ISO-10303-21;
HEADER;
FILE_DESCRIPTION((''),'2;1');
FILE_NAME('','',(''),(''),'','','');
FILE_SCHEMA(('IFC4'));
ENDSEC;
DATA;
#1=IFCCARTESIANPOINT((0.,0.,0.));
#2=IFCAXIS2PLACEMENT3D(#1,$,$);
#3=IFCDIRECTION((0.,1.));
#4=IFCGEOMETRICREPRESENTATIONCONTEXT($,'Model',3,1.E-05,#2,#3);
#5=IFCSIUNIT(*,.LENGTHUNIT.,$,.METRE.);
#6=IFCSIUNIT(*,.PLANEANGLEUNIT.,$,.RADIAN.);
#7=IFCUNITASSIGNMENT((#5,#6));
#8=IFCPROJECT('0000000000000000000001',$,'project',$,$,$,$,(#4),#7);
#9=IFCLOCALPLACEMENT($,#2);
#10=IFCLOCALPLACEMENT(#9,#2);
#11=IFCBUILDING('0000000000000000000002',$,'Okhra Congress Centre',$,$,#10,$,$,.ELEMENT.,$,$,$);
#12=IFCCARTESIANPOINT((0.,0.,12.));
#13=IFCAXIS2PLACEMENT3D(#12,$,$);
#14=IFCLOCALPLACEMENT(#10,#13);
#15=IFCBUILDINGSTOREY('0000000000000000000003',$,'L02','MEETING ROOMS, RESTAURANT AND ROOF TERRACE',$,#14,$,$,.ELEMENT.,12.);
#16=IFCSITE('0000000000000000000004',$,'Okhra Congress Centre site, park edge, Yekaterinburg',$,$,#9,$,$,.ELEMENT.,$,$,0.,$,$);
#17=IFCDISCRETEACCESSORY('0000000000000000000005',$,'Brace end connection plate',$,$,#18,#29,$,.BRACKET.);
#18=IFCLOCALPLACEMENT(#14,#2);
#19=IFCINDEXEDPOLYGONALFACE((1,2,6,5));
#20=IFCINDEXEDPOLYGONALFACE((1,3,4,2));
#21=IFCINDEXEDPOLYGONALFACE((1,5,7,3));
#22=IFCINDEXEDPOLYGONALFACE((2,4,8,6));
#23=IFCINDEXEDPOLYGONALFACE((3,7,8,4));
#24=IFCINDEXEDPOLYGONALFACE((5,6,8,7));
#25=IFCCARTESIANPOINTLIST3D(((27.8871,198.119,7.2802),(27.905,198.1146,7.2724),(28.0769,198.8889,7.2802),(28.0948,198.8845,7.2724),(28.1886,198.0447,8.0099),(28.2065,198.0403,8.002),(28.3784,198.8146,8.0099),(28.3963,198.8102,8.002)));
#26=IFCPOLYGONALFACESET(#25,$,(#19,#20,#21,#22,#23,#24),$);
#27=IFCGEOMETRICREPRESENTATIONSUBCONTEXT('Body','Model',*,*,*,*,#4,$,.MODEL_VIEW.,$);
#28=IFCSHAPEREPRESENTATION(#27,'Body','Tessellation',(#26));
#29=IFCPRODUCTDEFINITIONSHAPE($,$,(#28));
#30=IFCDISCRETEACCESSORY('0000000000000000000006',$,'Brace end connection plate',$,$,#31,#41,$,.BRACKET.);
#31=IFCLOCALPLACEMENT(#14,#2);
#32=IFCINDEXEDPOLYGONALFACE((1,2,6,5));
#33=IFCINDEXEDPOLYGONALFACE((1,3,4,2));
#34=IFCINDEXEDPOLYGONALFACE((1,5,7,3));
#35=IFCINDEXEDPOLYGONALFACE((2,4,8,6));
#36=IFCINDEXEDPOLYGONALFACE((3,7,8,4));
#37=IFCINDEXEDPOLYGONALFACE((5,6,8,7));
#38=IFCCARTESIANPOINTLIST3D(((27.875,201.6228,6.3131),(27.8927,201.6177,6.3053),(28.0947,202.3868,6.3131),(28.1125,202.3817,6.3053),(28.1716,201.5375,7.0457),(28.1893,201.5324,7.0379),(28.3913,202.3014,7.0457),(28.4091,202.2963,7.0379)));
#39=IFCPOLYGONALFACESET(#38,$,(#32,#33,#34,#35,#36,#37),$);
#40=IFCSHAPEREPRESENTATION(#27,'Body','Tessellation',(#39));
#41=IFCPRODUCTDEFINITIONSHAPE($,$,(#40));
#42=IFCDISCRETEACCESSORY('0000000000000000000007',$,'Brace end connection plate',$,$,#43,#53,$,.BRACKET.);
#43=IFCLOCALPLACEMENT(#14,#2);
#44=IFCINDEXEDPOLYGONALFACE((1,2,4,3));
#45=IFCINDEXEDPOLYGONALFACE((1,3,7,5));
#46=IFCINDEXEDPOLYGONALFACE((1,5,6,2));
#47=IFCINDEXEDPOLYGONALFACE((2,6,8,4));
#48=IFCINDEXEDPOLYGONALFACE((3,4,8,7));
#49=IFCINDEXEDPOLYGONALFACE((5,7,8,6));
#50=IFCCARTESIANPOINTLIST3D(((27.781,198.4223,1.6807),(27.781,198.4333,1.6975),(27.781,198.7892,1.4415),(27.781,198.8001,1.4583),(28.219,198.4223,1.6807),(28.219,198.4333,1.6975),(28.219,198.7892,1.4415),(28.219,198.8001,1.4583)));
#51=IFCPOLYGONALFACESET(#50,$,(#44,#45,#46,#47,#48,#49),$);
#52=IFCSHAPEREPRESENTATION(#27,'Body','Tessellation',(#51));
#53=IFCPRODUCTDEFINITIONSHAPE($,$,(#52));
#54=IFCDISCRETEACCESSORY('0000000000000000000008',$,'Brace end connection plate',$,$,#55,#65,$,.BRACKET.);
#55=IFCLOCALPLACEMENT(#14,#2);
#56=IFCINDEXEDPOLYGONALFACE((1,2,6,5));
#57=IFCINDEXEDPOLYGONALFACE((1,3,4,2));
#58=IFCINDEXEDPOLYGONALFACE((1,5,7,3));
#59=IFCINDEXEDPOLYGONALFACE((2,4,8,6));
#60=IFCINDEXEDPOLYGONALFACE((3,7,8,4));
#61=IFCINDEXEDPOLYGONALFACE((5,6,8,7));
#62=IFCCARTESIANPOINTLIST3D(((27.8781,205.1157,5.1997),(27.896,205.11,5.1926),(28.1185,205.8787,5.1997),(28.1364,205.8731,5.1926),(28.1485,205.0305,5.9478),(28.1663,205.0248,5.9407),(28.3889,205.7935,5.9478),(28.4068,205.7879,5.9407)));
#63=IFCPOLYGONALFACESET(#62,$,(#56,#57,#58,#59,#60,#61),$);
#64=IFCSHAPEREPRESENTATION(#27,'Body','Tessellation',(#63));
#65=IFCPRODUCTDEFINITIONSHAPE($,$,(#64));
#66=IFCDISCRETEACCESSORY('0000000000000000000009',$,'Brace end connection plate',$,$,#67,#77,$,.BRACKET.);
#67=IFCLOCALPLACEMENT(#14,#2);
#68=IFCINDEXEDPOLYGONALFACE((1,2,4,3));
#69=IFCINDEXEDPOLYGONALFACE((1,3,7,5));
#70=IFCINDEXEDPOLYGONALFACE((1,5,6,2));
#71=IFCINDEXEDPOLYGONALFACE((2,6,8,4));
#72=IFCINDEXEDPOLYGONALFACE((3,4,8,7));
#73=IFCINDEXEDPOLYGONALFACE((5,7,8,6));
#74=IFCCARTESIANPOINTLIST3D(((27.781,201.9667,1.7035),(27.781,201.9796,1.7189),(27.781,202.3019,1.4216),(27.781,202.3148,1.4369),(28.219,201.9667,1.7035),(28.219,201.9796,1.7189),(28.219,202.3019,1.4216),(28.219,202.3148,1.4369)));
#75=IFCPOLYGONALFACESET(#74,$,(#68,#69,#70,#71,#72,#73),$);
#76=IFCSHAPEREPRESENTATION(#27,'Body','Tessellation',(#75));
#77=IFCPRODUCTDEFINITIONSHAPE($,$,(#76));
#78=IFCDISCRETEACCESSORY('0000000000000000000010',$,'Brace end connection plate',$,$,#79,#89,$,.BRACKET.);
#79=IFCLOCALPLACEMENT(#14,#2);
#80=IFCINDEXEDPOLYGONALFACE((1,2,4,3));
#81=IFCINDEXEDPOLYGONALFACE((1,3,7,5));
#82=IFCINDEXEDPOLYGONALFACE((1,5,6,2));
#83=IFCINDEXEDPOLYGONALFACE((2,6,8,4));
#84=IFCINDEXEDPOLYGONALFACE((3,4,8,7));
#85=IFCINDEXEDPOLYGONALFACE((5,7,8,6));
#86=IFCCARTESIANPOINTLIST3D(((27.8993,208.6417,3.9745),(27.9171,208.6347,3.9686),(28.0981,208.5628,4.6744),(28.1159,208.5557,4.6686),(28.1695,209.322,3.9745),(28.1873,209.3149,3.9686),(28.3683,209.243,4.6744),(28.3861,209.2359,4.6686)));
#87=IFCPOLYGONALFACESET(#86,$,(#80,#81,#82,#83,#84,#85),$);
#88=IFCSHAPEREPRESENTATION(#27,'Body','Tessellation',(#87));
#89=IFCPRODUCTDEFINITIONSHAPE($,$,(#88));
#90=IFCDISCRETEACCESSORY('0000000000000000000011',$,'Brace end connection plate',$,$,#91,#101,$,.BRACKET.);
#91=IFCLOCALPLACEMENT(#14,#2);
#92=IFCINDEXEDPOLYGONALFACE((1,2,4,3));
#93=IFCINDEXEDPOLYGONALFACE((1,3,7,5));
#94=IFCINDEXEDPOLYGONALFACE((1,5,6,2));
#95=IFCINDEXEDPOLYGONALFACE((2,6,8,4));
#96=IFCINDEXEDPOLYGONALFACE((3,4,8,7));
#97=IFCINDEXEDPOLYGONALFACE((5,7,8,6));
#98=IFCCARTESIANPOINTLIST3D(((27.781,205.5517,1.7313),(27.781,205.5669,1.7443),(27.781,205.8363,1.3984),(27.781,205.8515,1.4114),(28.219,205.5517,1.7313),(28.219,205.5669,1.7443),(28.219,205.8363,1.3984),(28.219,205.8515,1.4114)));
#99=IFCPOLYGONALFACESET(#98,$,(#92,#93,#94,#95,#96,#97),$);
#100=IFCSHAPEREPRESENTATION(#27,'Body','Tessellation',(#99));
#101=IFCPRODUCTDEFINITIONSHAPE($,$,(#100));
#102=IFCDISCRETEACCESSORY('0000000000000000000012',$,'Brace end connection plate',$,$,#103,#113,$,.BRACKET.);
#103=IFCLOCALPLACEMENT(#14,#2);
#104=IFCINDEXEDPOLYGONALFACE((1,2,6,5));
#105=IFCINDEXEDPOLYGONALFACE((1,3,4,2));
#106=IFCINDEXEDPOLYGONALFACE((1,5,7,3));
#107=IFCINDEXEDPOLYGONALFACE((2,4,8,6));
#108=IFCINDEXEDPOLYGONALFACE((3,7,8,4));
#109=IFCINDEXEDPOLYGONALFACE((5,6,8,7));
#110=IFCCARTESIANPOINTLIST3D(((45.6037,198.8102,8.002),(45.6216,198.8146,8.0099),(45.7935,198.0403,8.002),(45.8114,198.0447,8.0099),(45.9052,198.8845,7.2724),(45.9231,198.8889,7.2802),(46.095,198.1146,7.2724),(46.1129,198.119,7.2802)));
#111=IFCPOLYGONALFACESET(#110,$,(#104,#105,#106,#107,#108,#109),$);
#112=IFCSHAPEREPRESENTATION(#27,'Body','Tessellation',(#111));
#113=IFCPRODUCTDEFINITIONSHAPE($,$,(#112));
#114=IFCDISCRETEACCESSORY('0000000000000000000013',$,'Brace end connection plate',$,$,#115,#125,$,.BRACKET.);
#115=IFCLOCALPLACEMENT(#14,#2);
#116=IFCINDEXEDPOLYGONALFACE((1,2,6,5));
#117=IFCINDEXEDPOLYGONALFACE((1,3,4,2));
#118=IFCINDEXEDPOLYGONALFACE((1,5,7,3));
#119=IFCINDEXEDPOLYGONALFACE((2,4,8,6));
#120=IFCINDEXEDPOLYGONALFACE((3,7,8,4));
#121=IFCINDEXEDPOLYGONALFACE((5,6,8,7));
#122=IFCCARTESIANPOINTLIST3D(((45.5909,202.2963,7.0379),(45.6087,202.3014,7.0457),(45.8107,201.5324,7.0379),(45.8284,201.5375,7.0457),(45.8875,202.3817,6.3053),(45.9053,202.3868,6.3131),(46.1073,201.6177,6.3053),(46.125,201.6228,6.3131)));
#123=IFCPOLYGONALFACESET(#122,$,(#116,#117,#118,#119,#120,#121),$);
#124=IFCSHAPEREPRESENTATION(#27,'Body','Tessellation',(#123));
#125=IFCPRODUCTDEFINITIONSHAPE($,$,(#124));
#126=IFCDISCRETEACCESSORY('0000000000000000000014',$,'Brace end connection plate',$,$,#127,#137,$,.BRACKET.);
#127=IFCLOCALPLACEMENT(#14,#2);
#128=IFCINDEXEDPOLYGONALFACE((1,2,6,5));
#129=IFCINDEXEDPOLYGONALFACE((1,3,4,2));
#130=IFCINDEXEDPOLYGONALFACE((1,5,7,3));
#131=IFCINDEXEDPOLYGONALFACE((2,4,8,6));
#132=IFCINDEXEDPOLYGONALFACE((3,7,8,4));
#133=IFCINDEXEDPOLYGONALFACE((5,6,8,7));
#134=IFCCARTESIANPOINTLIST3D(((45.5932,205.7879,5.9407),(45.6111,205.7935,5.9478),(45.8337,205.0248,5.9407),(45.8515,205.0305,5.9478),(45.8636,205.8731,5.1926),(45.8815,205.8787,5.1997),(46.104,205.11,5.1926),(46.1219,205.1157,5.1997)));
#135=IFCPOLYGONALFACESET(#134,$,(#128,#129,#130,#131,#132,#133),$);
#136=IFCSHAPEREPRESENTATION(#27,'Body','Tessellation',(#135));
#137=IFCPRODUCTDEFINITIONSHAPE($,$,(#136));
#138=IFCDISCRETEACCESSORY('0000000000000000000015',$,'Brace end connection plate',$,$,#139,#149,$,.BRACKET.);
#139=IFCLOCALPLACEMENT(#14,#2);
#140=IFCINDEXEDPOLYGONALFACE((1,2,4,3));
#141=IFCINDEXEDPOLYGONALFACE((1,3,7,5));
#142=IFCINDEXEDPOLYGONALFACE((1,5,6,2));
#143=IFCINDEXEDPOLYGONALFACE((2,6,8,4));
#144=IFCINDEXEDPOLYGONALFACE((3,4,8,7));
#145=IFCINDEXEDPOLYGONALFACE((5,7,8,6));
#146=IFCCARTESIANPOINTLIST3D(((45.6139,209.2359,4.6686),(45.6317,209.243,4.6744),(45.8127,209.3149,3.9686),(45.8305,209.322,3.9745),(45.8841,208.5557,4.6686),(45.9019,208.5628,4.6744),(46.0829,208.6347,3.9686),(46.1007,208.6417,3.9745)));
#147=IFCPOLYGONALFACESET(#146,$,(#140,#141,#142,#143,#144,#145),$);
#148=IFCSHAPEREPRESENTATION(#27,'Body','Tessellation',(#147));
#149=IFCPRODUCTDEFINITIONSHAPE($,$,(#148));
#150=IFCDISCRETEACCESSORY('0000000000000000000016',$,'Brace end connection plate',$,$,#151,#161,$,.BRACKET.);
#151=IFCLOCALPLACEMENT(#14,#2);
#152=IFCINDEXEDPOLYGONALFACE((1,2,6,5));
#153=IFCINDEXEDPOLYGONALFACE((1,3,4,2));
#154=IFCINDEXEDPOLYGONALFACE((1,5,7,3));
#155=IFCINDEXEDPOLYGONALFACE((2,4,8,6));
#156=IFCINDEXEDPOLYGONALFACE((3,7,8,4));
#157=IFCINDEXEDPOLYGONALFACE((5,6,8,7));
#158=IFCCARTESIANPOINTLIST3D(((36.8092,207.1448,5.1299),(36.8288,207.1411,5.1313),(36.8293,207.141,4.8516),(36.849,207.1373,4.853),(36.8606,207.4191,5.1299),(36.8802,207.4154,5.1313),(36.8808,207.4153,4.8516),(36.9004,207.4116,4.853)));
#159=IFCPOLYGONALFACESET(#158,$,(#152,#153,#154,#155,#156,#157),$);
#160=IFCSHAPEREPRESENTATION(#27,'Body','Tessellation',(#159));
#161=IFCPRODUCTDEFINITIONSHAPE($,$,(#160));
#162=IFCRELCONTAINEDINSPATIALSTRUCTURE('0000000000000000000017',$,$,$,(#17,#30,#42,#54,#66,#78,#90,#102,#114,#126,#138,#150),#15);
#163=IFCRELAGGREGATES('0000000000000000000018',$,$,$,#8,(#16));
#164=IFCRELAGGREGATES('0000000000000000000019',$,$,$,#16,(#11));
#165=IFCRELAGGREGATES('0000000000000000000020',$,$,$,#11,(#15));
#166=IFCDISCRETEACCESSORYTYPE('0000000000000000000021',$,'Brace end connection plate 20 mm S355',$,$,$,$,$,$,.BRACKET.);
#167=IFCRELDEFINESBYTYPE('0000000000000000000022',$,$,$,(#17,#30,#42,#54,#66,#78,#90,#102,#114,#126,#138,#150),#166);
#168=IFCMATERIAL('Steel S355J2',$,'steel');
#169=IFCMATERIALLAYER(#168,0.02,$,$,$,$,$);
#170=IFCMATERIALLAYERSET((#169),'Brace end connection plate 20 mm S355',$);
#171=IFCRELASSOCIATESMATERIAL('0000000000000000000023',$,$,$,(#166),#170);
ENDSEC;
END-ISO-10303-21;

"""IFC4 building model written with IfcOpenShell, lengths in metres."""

from ifc_helpers import new_model, si_unit, direction, frame, origin, origin_2d, place, context, subcontext, project, spatial, rectangle, extrude, material, layer, layer_set, type_object, element, save


model = new_model("IFC4")

# Units and contexts
model_context = context("Model", 3, precision=1e-05, world=origin(), true_north=direction((0.0, 1.0)))
body_context = subcontext(model_context, "Body", "Model", "MODEL_VIEW")
ifc_project = project(units=[si_unit("LENGTHUNIT", "METRE"), si_unit("PLANEANGLEUNIT", "RADIAN")], contexts=[model_context])

# Site, building, storey
site_placement = place(None, origin())
site = spatial("IfcSite", under=ifc_project, at=site_placement, Name="Okhra Congress Centre site, park edge, Yekaterinburg", CompositionType="ELEMENT", RefElevation=0.0)
building_placement = place(site_placement, origin())
building = spatial("IfcBuilding", under=site, at=building_placement, Name="Okhra Congress Centre", CompositionType="ELEMENT")
storey_placement = place(building_placement, frame((0.0, 0.0, 12.0)))
storey = spatial("IfcBuildingStorey", under=building, at=storey_placement, Name="L02", Description="MEETING ROOMS, RESTAURANT AND ROOF TERRACE", CompositionType="ELEMENT", Elevation=12.0)

# Shared definitions
ifc_material_1 = material(Name="Steel S355J2", Category="steel")

# Discrete accessories
ifc_layer = layer(ifc_material_1, 0.02)
ifc_layer_set = layer_set([ifc_layer], Name="Brace end connection plate 20 mm S355")
discrete_accessory_type = type_object("IfcDiscreteAccessoryType", Name="Brace end connection plate 20 mm S355", PredefinedType="BRACKET", material=ifc_layer_set)
discrete_accessory_1_placement = place(storey_placement, frame((28.1506, 198.4624, 7.6372), z_axis=(-0.893372, 0.220283, 0.391615), x_axis=(-0.239405, -0.97092, 0.0)))
element("IfcDiscreteAccessory", 1, at=discrete_accessory_1_placement, inside=storey, type_object=discrete_accessory_type, Name="Brace end connection plate", PredefinedType="BRACKET", context=body_context, shape_type="SweptSolid", body=[
    extrude(rectangle(XDim=0.793, YDim=0.793, at=origin_2d()), origin(), (0.0, 0.0, 1.0), 0.02),
])
discrete_accessory_2_placement = place(storey_placement, frame((28.1509, 201.957, 6.6716), z_axis=(-0.885646, 0.254775, 0.388228), x_axis=(-0.276459, -0.961026, 0.0)))
element("IfcDiscreteAccessory", 2, at=discrete_accessory_2_placement, inside=storey, type_object=discrete_accessory_type, Name="Brace end connection plate", PredefinedType="BRACKET", context=body_context, shape_type="SweptSolid", body=[
    extrude(rectangle(XDim=0.7949, YDim=0.7949, at=origin_2d()), origin(), (0.0, 0.0, 1.0), 0.02),
])
discrete_accessory_3_placement = place(storey_placement, frame((28.0, 198.6167, 1.5779), z_axis=(0.0, -0.546268, -0.837611), x_axis=(1.0, 0.0, 0.0)))
element("IfcDiscreteAccessory", 3, at=discrete_accessory_3_placement, inside=storey, type_object=discrete_accessory_type, Name="Brace end connection plate", PredefinedType="BRACKET", context=body_context, shape_type="SweptSolid", body=[
    extrude(rectangle(XDim=0.438, YDim=0.438, at=origin_2d()), origin(), (0.0, 0.0, 1.0), 0.02),
])
discrete_accessory_4_placement = place(storey_placement, frame((28.1514, 205.449, 5.5667), z_axis=(-0.891904, 0.281011, 0.354318), x_axis=(-0.300506, -0.95378, 0.0)))
element("IfcDiscreteAccessory", 4, at=discrete_accessory_4_placement, inside=storey, type_object=discrete_accessory_type, Name="Brace end connection plate", PredefinedType="BRACKET", context=body_context, shape_type="SweptSolid", body=[
    extrude(rectangle(XDim=0.8, YDim=0.8, at=origin_2d()), origin(), (0.0, 0.0, 1.0), 0.02),
])
discrete_accessory_5_placement = place(storey_placement, frame((28.0, 202.1472, 1.5779), z_axis=(0.0, -0.643762, -0.765226), x_axis=(1.0, 0.0, 0.0)))
element("IfcDiscreteAccessory", 5, at=discrete_accessory_5_placement, inside=storey, type_object=discrete_accessory_type, Name="Brace end connection plate", PredefinedType="BRACKET", context=body_context, shape_type="SweptSolid", body=[
    extrude(rectangle(XDim=0.438, YDim=0.438, at=origin_2d()), origin(), (0.0, 0.0, 1.0), 0.02),
])
discrete_accessory_6_placement = place(storey_placement, frame((28.1516, 208.9353, 4.3186), z_axis=(-0.888791, 0.353081, 0.292205), x_axis=(-0.369195, -0.929352, 0.0)))
element("IfcDiscreteAccessory", 6, at=discrete_accessory_6_placement, inside=storey, type_object=discrete_accessory_type, Name="Brace end connection plate", PredefinedType="BRACKET", context=body_context, shape_type="SweptSolid", body=[
    extrude(rectangle(XDim=0.7319, YDim=0.7319, at=origin_2d()), origin(), (0.0, 0.0, 1.0), 0.02),
])
discrete_accessory_7_placement = place(storey_placement, frame((28.0, 205.7092, 1.5779), z_axis=(0.0, -0.760121, -0.649781), x_axis=(1.0, 0.0, 0.0)))
element("IfcDiscreteAccessory", 7, at=discrete_accessory_7_placement, inside=storey, type_object=discrete_accessory_type, Name="Brace end connection plate", PredefinedType="BRACKET", context=body_context, shape_type="SweptSolid", body=[
    extrude(rectangle(XDim=0.438, YDim=0.438, at=origin_2d()), origin(), (0.0, 0.0, 1.0), 0.02),
])
discrete_accessory_8_placement = place(storey_placement, frame((45.8494, 198.4624, 7.6372), z_axis=(0.893372, 0.220283, 0.391615), x_axis=(-0.239405, 0.97092, 0.0)))
element("IfcDiscreteAccessory", 8, at=discrete_accessory_8_placement, inside=storey, type_object=discrete_accessory_type, Name="Brace end connection plate", PredefinedType="BRACKET", context=body_context, shape_type="SweptSolid", body=[
    extrude(rectangle(XDim=0.793, YDim=0.793, at=origin_2d()), origin(), (0.0, 0.0, 1.0), 0.02),
])
discrete_accessory_9_placement = place(storey_placement, frame((45.8491, 201.957, 6.6716), z_axis=(0.885646, 0.254775, 0.388228), x_axis=(-0.276459, 0.961026, 0.0)))
element("IfcDiscreteAccessory", 9, at=discrete_accessory_9_placement, inside=storey, type_object=discrete_accessory_type, Name="Brace end connection plate", PredefinedType="BRACKET", context=body_context, shape_type="SweptSolid", body=[
    extrude(rectangle(XDim=0.7949, YDim=0.7949, at=origin_2d()), origin(), (0.0, 0.0, 1.0), 0.02),
])
discrete_accessory_10_placement = place(storey_placement, frame((45.8486, 205.449, 5.5667), z_axis=(0.891904, 0.281011, 0.354318), x_axis=(-0.300506, 0.95378, 0.0)))
element("IfcDiscreteAccessory", 10, at=discrete_accessory_10_placement, inside=storey, type_object=discrete_accessory_type, Name="Brace end connection plate", PredefinedType="BRACKET", context=body_context, shape_type="SweptSolid", body=[
    extrude(rectangle(XDim=0.8, YDim=0.8, at=origin_2d()), origin(), (0.0, 0.0, 1.0), 0.02),
])
discrete_accessory_11_placement = place(storey_placement, frame((45.8484, 208.9353, 4.3186), z_axis=(0.888791, 0.353081, 0.292205), x_axis=(-0.369195, 0.929352, 0.0)))
element("IfcDiscreteAccessory", 11, at=discrete_accessory_11_placement, inside=storey, type_object=discrete_accessory_type, Name="Brace end connection plate", PredefinedType="BRACKET", context=body_context, shape_type="SweptSolid", body=[
    extrude(rectangle(XDim=0.7319, YDim=0.7319, at=origin_2d()), origin(), (0.0, 0.0, 1.0), 0.02),
])
discrete_accessory_12_placement = place(storey_placement, frame((36.845, 207.28, 4.9907), z_axis=(0.980213, -0.18379, 0.073516), x_axis=(0.184289, 0.982872, 0.0)))
element("IfcDiscreteAccessory", 12, at=discrete_accessory_12_placement, inside=storey, type_object=discrete_accessory_type, Name="Brace end connection plate", PredefinedType="BRACKET", context=body_context, shape_type="SweptSolid", body=[
    extrude(rectangle(XDim=0.2791, YDim=0.2791, at=origin_2d()), origin(), (0.0, 0.0, 1.0), 0.02),
])

save(model, "model.ifc")
